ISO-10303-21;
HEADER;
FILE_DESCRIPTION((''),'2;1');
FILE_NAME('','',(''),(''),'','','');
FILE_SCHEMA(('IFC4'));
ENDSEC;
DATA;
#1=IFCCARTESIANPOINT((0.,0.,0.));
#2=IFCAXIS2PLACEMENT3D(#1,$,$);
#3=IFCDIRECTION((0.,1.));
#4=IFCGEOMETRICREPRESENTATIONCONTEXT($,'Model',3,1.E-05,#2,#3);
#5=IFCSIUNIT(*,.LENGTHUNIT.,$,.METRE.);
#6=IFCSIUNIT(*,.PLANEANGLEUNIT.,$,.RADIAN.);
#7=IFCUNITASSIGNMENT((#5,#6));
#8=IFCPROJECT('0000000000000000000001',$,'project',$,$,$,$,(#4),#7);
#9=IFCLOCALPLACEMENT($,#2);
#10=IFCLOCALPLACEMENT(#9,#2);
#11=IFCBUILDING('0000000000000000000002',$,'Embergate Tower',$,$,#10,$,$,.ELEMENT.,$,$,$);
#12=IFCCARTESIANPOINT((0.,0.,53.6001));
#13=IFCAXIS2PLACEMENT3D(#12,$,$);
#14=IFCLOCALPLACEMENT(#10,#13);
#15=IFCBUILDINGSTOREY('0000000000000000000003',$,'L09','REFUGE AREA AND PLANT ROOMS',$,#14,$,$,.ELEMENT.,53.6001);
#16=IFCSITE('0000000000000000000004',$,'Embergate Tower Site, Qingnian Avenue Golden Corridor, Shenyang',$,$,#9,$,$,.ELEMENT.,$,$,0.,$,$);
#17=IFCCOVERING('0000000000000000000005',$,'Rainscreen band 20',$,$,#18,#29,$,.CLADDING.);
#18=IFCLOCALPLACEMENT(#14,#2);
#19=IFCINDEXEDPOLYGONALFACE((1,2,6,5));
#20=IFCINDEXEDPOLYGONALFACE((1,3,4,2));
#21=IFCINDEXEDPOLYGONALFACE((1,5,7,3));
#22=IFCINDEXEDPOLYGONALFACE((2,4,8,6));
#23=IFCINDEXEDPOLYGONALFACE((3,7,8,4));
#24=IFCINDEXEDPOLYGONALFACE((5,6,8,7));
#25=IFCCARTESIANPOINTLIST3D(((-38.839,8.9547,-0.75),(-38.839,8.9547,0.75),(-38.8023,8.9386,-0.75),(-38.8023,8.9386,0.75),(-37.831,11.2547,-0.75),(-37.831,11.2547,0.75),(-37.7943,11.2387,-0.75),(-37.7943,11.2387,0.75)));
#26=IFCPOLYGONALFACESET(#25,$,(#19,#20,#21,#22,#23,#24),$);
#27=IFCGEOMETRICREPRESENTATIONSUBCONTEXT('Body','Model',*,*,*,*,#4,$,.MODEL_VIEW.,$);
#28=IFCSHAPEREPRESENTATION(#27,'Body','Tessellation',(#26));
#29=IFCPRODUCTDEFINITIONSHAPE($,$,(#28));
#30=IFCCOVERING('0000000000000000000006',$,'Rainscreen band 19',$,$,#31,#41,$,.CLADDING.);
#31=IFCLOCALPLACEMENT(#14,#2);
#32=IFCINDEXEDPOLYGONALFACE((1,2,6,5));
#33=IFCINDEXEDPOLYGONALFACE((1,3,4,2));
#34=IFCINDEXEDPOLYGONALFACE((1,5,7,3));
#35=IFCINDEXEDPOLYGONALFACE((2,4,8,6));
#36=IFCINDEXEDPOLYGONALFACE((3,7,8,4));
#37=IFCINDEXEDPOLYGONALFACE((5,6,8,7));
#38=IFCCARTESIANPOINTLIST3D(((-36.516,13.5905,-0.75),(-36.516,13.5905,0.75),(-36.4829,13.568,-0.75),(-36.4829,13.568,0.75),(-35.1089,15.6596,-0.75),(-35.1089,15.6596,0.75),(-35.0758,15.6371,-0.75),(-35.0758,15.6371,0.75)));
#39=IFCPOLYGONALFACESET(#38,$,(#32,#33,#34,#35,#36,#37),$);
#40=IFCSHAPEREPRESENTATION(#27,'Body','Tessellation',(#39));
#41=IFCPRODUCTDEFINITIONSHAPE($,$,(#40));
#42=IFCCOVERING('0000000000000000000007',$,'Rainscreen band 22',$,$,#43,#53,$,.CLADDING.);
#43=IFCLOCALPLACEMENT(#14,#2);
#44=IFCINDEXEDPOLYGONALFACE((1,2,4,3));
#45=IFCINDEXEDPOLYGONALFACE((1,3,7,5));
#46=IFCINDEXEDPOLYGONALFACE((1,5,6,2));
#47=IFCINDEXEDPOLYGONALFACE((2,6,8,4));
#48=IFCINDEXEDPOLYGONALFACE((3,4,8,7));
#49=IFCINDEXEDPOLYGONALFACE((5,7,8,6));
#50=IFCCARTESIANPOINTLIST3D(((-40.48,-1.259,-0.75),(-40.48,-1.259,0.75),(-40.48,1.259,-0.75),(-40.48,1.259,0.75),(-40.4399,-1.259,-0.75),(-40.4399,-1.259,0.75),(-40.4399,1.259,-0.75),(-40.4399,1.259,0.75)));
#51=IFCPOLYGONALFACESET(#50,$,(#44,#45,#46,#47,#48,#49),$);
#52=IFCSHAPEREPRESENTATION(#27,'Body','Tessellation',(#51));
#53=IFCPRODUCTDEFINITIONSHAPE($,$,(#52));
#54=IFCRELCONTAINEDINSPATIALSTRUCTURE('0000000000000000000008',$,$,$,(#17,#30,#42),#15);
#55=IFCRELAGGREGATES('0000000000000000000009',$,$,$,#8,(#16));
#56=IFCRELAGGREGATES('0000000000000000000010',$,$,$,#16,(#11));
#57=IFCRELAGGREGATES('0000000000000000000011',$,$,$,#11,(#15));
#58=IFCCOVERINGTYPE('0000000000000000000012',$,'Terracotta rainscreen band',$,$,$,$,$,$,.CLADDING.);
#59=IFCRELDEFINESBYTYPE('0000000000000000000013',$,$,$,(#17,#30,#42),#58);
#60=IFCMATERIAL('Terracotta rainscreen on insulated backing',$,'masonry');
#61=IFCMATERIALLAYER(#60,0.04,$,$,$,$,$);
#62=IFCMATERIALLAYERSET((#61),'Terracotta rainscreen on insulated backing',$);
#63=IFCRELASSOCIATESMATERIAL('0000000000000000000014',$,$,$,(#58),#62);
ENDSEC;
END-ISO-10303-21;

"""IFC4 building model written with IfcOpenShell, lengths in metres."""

from ifc_helpers import new_model, si_unit, direction, frame, origin, origin_2d, place, context, subcontext, project, spatial, rectangle, extrude, source, transform, mapped, material, layer, layer_set, type_object, element, save


model = new_model("IFC4")

# Units and contexts
model_context = context("Model", 3, precision=1e-05, world=origin(), true_north=direction((0.0, 1.0)))
body_context = subcontext(model_context, "Body", "Model", "MODEL_VIEW")
ifc_project = project(units=[si_unit("LENGTHUNIT", "METRE"), si_unit("PLANEANGLEUNIT", "RADIAN")], contexts=[model_context])

# Site, building, storey
site_placement = place(None, origin())
site = spatial("IfcSite", under=ifc_project, at=site_placement, Name="Embergate Tower Site, Qingnian Avenue Golden Corridor, Shenyang", CompositionType="ELEMENT", RefElevation=0.0)
building_placement = place(site_placement, origin())
building = spatial("IfcBuilding", under=site, at=building_placement, Name="Embergate Tower", CompositionType="ELEMENT")
storey_placement = place(building_placement, frame((0.0, 0.0, 53.6001)))
storey = spatial("IfcBuildingStorey", under=building, at=storey_placement, Name="L09", Description="REFUGE AREA AND PLANT ROOMS", CompositionType="ELEMENT", Elevation=53.6001)

# Coverings
ifc_material_1 = material(Name="Terracotta rainscreen on insulated backing", Category="masonry")
ifc_layer_1 = layer(ifc_material_1, 0.04)
ifc_layer_set_1 = layer_set([ifc_layer_1], Name="Terracotta rainscreen on insulated backing")
covering_type = type_object("IfcCoveringType", Name="Terracotta rainscreen band", PredefinedType="CLADDING", material=ifc_layer_set_1)
shared_shape_1 = source(origin(), body_context, "Body", "SweptSolid", [
    extrude(rectangle(XDim=2.5112, YDim=0.04, at=origin_2d()), origin(), (0.0, 0.0, 1.0), 1.5),
])
covering_1_placement = place(storey_placement, frame((-38.3167, 10.0967, -0.75), z_axis=(0.0, 0.0, 1.0), x_axis=(-0.401404, -0.915901, 0.0)))
element("IfcCovering", 1, at=covering_1_placement, inside=storey, type_object=covering_type, Name="Rainscreen band 20", PredefinedType="CLADDING", context=body_context, shape_type="MappedRepresentation", body=[
    mapped(shared_shape_1, transform((0.0, 0.0, 0.0))),
])
shared_shape_2 = source(origin(), body_context, "Body", "SweptSolid", [
    extrude(rectangle(XDim=2.5022, YDim=0.04, at=origin_2d()), origin(), (0.0, 0.0, 1.0), 1.5),
])
covering_2_placement = place(storey_placement, frame((-35.7959, 14.6138, -0.75), z_axis=(0.0, 0.0, 1.0), x_axis=(-0.562332, -0.826912, 0.0)))
element("IfcCovering", 2, at=covering_2_placement, inside=storey, type_object=covering_type, Name="Rainscreen band 19", PredefinedType="CLADDING", context=body_context, shape_type="MappedRepresentation", body=[
    mapped(shared_shape_2, transform((0.0, 0.0, 0.0))),
])
shared_shape_3 = source(origin(), body_context, "Body", "SweptSolid", [
    extrude(rectangle(XDim=2.5181, YDim=0.04, at=origin_2d()), origin(), (0.0, 0.0, 1.0), 1.5),
])
covering_3_placement = place(storey_placement, frame((-40.46, 0.0, -0.75), z_axis=(0.0, 0.0, 1.0), x_axis=(0.0, -1.0, 0.0)))
element("IfcCovering", 3, at=covering_3_placement, inside=storey, type_object=covering_type, Name="Rainscreen band 22", PredefinedType="CLADDING", context=body_context, shape_type="MappedRepresentation", body=[
    mapped(shared_shape_3, transform((0.0, 0.0, 0.0))),
])

save(model, "model.ifc")
